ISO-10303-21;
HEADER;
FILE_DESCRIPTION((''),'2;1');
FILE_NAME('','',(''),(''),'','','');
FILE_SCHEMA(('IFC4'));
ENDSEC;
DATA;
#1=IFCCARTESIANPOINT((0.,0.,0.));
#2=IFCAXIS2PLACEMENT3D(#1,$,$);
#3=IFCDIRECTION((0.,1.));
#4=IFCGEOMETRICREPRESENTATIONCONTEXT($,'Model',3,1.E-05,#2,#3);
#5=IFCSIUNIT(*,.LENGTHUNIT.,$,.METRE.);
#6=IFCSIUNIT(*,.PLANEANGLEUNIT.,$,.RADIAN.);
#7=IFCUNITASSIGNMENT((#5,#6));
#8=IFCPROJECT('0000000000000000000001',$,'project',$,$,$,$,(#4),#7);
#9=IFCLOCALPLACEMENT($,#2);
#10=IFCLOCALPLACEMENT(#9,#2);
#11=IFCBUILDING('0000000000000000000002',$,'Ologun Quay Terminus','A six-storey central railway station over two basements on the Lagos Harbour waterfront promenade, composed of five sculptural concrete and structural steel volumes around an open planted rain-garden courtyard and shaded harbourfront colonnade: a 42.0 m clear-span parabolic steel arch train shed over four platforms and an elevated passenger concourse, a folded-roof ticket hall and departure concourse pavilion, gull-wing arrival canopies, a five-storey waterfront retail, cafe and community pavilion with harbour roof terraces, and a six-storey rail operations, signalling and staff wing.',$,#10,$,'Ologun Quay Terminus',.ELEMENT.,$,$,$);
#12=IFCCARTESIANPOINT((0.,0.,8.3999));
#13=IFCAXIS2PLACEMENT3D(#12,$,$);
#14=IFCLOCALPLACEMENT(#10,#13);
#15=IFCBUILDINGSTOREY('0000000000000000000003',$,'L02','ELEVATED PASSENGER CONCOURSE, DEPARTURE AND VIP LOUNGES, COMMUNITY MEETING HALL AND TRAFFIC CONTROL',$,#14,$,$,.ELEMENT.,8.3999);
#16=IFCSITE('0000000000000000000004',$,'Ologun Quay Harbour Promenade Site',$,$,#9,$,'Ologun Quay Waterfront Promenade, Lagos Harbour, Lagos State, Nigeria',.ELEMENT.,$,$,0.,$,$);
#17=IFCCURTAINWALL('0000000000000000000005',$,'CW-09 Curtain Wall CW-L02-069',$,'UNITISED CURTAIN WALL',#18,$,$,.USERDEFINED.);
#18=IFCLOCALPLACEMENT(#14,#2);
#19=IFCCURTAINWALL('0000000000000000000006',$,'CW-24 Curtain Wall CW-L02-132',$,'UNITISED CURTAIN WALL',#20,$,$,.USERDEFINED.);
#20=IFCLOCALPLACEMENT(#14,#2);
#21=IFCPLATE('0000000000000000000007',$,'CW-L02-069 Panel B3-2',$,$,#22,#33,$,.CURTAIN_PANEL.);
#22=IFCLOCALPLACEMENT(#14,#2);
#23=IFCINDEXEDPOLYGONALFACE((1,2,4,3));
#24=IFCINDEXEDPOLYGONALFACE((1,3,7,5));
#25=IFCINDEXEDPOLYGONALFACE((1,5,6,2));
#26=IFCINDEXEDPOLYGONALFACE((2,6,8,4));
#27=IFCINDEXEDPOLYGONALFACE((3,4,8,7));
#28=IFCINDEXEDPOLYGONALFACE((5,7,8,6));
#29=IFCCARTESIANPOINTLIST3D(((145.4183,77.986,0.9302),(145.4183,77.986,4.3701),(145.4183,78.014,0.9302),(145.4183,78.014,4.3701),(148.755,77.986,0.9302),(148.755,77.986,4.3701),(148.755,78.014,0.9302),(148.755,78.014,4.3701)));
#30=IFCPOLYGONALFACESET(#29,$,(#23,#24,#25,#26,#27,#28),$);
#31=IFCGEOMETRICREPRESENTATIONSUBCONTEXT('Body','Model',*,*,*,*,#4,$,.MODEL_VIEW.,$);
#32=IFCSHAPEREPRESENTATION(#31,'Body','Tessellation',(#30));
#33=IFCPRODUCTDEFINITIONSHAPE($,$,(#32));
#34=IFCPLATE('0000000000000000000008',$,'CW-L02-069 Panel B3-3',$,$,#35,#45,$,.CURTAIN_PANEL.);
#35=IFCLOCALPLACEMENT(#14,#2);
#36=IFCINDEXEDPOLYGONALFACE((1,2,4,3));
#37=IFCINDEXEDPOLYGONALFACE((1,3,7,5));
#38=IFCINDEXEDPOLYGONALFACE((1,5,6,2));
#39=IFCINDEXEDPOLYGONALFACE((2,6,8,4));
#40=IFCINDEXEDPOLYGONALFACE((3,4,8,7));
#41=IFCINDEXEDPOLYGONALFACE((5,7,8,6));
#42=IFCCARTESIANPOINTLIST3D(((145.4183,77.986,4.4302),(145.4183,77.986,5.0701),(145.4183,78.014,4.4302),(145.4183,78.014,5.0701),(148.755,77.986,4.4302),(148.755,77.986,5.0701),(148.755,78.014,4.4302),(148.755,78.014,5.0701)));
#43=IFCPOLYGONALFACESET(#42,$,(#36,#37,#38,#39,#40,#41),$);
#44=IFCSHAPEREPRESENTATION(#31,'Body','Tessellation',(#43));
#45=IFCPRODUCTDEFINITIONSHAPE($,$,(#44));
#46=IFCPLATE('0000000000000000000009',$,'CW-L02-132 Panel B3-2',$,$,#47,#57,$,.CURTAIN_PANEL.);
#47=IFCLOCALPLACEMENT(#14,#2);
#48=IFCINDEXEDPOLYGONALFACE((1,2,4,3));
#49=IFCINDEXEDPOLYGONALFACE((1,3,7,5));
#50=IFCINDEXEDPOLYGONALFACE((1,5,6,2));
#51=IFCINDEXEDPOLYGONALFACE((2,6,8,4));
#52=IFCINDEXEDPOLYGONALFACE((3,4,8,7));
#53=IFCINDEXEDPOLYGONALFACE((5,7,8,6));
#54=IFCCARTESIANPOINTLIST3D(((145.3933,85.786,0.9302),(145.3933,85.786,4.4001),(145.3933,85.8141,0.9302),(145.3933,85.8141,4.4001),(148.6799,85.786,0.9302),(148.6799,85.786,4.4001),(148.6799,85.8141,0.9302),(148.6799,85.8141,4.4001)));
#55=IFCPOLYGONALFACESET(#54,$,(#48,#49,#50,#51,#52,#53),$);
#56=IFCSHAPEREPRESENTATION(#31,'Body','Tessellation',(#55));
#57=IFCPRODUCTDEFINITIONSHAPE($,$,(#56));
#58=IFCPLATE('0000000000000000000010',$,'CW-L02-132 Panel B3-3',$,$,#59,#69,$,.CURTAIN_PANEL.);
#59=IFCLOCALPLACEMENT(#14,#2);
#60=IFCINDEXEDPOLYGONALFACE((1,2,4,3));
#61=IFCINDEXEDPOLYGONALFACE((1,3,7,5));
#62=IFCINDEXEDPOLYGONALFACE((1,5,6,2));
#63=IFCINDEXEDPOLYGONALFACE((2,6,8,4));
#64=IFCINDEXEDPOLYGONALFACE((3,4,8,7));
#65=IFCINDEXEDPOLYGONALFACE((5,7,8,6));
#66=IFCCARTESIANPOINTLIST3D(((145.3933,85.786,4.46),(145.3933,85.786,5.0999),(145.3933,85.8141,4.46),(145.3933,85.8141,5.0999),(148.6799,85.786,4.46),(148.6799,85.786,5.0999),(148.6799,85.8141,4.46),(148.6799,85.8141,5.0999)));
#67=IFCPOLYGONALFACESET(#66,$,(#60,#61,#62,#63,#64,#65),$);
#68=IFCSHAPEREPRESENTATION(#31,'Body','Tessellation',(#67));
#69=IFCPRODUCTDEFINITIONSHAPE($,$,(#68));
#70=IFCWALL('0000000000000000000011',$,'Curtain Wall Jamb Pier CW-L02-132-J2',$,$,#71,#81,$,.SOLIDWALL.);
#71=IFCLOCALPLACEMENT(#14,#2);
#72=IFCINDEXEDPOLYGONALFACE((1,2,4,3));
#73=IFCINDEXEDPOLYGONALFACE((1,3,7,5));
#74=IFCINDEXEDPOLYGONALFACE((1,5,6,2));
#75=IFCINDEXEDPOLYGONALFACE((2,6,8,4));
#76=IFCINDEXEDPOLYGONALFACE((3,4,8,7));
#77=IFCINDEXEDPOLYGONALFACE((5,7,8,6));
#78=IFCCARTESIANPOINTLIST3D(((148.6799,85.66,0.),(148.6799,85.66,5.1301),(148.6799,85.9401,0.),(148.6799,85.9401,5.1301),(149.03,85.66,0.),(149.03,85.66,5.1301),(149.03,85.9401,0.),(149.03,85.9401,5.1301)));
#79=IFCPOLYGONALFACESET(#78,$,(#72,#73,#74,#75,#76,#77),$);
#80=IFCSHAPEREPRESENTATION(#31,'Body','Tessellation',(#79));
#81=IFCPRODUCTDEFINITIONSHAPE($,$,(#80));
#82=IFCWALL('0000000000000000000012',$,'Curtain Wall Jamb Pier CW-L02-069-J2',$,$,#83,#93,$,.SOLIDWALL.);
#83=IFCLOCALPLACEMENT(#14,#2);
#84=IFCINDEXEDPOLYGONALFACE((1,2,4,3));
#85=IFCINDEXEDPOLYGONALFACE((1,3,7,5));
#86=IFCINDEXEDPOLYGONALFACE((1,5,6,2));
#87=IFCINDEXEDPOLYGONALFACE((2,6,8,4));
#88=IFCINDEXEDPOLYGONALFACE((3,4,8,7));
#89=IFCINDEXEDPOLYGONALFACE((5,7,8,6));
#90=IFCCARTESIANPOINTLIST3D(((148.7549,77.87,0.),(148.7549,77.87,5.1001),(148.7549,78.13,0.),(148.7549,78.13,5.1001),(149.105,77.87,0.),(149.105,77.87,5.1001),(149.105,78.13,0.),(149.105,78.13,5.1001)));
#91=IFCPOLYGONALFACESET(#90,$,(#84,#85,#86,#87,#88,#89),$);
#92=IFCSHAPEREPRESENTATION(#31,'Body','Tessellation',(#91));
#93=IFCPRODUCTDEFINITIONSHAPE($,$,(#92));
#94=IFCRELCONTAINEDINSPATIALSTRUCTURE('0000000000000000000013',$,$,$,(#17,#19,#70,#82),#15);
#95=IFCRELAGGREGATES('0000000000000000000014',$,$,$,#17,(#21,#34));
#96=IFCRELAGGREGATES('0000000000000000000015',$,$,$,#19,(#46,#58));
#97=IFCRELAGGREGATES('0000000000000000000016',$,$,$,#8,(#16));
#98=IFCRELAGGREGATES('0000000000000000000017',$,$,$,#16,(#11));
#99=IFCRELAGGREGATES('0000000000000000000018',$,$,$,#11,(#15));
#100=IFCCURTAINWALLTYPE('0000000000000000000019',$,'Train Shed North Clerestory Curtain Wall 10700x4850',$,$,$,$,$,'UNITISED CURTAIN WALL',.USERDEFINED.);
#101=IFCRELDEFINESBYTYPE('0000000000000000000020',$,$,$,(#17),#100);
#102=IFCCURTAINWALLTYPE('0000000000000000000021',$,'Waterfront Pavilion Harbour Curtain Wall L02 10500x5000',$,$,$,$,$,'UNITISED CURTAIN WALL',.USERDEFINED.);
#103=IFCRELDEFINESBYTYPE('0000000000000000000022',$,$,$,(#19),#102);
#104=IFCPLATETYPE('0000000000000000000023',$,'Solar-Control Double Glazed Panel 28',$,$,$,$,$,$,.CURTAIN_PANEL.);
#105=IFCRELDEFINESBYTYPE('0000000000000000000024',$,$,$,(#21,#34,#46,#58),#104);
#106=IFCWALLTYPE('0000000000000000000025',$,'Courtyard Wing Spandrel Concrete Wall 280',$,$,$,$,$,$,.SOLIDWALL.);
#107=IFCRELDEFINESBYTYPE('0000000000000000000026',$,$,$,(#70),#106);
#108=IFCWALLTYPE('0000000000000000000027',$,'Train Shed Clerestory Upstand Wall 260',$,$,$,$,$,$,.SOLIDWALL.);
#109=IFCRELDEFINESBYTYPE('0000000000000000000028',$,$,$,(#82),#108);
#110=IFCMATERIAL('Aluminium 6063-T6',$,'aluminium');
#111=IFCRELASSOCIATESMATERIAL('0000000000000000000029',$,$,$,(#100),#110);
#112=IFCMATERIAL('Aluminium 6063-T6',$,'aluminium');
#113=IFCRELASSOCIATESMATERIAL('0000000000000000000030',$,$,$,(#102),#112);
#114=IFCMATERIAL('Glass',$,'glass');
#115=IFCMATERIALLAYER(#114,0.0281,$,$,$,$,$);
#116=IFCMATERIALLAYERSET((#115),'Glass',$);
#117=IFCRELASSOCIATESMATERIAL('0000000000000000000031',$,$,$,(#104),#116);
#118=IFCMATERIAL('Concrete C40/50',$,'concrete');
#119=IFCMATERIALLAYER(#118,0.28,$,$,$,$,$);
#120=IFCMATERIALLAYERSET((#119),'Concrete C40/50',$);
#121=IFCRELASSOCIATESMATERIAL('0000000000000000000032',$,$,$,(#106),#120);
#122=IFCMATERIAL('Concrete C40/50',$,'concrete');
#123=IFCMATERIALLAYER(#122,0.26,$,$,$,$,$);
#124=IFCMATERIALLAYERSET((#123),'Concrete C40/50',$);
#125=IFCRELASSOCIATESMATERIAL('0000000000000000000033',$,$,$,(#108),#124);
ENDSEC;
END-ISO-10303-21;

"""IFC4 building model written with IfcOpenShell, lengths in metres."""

from ifc_helpers import new_model, si_unit, direction, frame, frame_2d, origin, origin_2d, place, context, subcontext, project, spatial, rectangle, extrude, material, layer, layer_set, type_object, element, aggregate, save


model = new_model("IFC4")

# Units and contexts
model_context = context("Model", 3, precision=1e-05, world=origin(), true_north=direction((0.0, 1.0)))
body_context = subcontext(model_context, "Body", "Model", "MODEL_VIEW")
ifc_project = project(units=[si_unit("LENGTHUNIT", "METRE"), si_unit("PLANEANGLEUNIT", "RADIAN")], contexts=[model_context])

# Site, building, storey
site_placement = place(None, origin())
site = spatial("IfcSite", under=ifc_project, at=site_placement, Name="Ologun Quay Harbour Promenade Site", LongName="Ologun Quay Waterfront Promenade, Lagos Harbour, Lagos State, Nigeria", CompositionType="ELEMENT", RefElevation=0.0)
building_placement = place(site_placement, origin())
building = spatial("IfcBuilding", under=site, at=building_placement, Name="Ologun Quay Terminus", Description="A six-storey central railway station over two basements on the Lagos Harbour waterfront promenade, composed of five sculptural concrete and structural steel volumes around an open planted rain-garden courtyard and shaded harbourfront colonnade: a 42.0 m clear-span parabolic steel arch train shed over four platforms and an elevated passenger concourse, a folded-roof ticket hall and departure concourse pavilion, gull-wing arrival canopies, a five-storey waterfront retail, cafe and community pavilion with harbour roof terraces, and a six-storey rail operations, signalling and staff wing.", LongName="Ologun Quay Terminus", CompositionType="ELEMENT")
storey_placement = place(building_placement, frame((0.0, 0.0, 8.3999)))
storey = spatial("IfcBuildingStorey", under=building, at=storey_placement, Name="L02", Description="ELEVATED PASSENGER CONCOURSE, DEPARTURE AND VIP LOUNGES, COMMUNITY MEETING HALL AND TRAFFIC CONTROL", CompositionType="ELEMENT", Elevation=8.3999)

# Curtain walls
ifc_material_1 = material(Name="Aluminium 6063-T6", Category="aluminium")
curtain_wall_type_1 = type_object("IfcCurtainWallType", Name="Train Shed North Clerestory Curtain Wall 10700x4850", ElementType="UNITISED CURTAIN WALL", PredefinedType="USERDEFINED", material=ifc_material_1)
curtain_wall_1_placement = place(storey_placement, origin())
curtain_wall_1 = element("IfcCurtainWall", 1, at=curtain_wall_1_placement, inside=storey, type_object=curtain_wall_type_1, Name="CW-09 Curtain Wall CW-L02-069", ObjectType="UNITISED CURTAIN WALL", PredefinedType="USERDEFINED")
ifc_material_2 = material(Name="Aluminium 6063-T6", Category="aluminium")
curtain_wall_type_2 = type_object("IfcCurtainWallType", Name="Waterfront Pavilion Harbour Curtain Wall L02 10500x5000", ElementType="UNITISED CURTAIN WALL", PredefinedType="USERDEFINED", material=ifc_material_2)
curtain_wall_2_placement = place(storey_placement, origin())
curtain_wall_2 = element("IfcCurtainWall", 2, at=curtain_wall_2_placement, inside=storey, type_object=curtain_wall_type_2, Name="CW-24 Curtain Wall CW-L02-132", ObjectType="UNITISED CURTAIN WALL", PredefinedType="USERDEFINED")

# Plates
ifc_material_3 = material(Name="Glass", Category="glass")
ifc_layer_1 = layer(ifc_material_3, 0.0281)
ifc_layer_set_1 = layer_set([ifc_layer_1], Name="Glass")
plate_type_1 = type_object("IfcPlateType", Name="Solar-Control Double Glazed Panel 28", PredefinedType="CURTAIN_PANEL", material=ifc_layer_set_1)
plate_1_placement = place(storey_placement, frame((147.0867, 78.0, 0.9302), z_axis=(0.0, 0.0, 1.0), x_axis=(1.0, 0.0, 0.0)))
plate_1 = element("IfcPlate", 3, at=plate_1_placement, type_object=plate_type_1, Name="CW-L02-069 Panel B3-2", PredefinedType="CURTAIN_PANEL", context=body_context, shape_type="SweptSolid", body=[
    extrude(rectangle(XDim=3.3367, YDim=0.0281, at=origin_2d()), origin(), (0.0, 0.0, 1.0), 3.4399),
])
plate_2_placement = place(storey_placement, frame((147.0867, 78.0, 4.4302), z_axis=(0.0, 0.0, 1.0), x_axis=(1.0, 0.0, 0.0)))
plate_2 = element("IfcPlate", 4, at=plate_2_placement, type_object=plate_type_1, Name="CW-L02-069 Panel B3-3", PredefinedType="CURTAIN_PANEL", context=body_context, shape_type="SweptSolid", body=[
    extrude(rectangle(XDim=3.3367, YDim=0.0281, at=origin_2d()), origin(), (0.0, 0.0, 1.0), 0.6399),
])
aggregate(curtain_wall_1, [plate_1, plate_2])
plate_3_placement = place(storey_placement, frame((147.0366, 85.8, 0.9302), z_axis=(0.0, 0.0, 1.0), x_axis=(1.0, 0.0, 0.0)))
plate_3 = element("IfcPlate", 5, at=plate_3_placement, type_object=plate_type_1, Name="CW-L02-132 Panel B3-2", PredefinedType="CURTAIN_PANEL", context=body_context, shape_type="SweptSolid", body=[
    extrude(rectangle(XDim=3.2866, YDim=0.0281, at=origin_2d()), origin(), (0.0, 0.0, 1.0), 3.47),
])
plate_4_placement = place(storey_placement, frame((147.0366, 85.8, 4.46), z_axis=(0.0, 0.0, 1.0), x_axis=(1.0, 0.0, 0.0)))
plate_4 = element("IfcPlate", 6, at=plate_4_placement, type_object=plate_type_1, Name="CW-L02-132 Panel B3-3", PredefinedType="CURTAIN_PANEL", context=body_context, shape_type="SweptSolid", body=[
    extrude(rectangle(XDim=3.2866, YDim=0.0281, at=origin_2d()), origin(), (0.0, 0.0, 1.0), 0.6399),
])
aggregate(curtain_wall_2, [plate_3, plate_4])

# Walls
ifc_material_4 = material(Name="Concrete C40/50", Category="concrete")
ifc_layer_2 = layer(ifc_material_4, 0.28)
ifc_layer_set_2 = layer_set([ifc_layer_2], Name="Concrete C40/50")
wall_type_1 = type_object("IfcWallType", Name="Courtyard Wing Spandrel Concrete Wall 280", PredefinedType="SOLIDWALL", material=ifc_layer_set_2)
wall_1_placement = place(storey_placement, frame((148.6799, 85.8, 0.0), z_axis=(0.0, 0.0, 1.0), x_axis=(1.0, 0.0, 0.0)))
element("IfcWall", 7, at=wall_1_placement, inside=storey, type_object=wall_type_1, Name="Curtain Wall Jamb Pier CW-L02-132-J2", PredefinedType="SOLIDWALL", context=body_context, shape_type="SweptSolid", body=[
    extrude(rectangle(XDim=0.3501, YDim=0.28, at=frame_2d((0.175, 0.0))), origin(), (0.0, 0.0, 1.0), 5.1301),
])
ifc_material_5 = material(Name="Concrete C40/50", Category="concrete")
ifc_layer_3 = layer(ifc_material_5, 0.26)
ifc_layer_set_3 = layer_set([ifc_layer_3], Name="Concrete C40/50")
wall_type_2 = type_object("IfcWallType", Name="Train Shed Clerestory Upstand Wall 260", PredefinedType="SOLIDWALL", material=ifc_layer_set_3)
wall_2_placement = place(storey_placement, frame((148.7549, 78.0, 0.0), z_axis=(0.0, 0.0, 1.0), x_axis=(1.0, 0.0, 0.0)))
element("IfcWall", 8, at=wall_2_placement, inside=storey, type_object=wall_type_2, Name="Curtain Wall Jamb Pier CW-L02-069-J2", PredefinedType="SOLIDWALL", context=body_context, shape_type="SweptSolid", body=[
    extrude(rectangle(XDim=0.3501, YDim=0.26, at=frame_2d((0.175, 0.0))), origin(), (0.0, 0.0, 1.0), 5.1001),
])

save(model, "model.ifc")
